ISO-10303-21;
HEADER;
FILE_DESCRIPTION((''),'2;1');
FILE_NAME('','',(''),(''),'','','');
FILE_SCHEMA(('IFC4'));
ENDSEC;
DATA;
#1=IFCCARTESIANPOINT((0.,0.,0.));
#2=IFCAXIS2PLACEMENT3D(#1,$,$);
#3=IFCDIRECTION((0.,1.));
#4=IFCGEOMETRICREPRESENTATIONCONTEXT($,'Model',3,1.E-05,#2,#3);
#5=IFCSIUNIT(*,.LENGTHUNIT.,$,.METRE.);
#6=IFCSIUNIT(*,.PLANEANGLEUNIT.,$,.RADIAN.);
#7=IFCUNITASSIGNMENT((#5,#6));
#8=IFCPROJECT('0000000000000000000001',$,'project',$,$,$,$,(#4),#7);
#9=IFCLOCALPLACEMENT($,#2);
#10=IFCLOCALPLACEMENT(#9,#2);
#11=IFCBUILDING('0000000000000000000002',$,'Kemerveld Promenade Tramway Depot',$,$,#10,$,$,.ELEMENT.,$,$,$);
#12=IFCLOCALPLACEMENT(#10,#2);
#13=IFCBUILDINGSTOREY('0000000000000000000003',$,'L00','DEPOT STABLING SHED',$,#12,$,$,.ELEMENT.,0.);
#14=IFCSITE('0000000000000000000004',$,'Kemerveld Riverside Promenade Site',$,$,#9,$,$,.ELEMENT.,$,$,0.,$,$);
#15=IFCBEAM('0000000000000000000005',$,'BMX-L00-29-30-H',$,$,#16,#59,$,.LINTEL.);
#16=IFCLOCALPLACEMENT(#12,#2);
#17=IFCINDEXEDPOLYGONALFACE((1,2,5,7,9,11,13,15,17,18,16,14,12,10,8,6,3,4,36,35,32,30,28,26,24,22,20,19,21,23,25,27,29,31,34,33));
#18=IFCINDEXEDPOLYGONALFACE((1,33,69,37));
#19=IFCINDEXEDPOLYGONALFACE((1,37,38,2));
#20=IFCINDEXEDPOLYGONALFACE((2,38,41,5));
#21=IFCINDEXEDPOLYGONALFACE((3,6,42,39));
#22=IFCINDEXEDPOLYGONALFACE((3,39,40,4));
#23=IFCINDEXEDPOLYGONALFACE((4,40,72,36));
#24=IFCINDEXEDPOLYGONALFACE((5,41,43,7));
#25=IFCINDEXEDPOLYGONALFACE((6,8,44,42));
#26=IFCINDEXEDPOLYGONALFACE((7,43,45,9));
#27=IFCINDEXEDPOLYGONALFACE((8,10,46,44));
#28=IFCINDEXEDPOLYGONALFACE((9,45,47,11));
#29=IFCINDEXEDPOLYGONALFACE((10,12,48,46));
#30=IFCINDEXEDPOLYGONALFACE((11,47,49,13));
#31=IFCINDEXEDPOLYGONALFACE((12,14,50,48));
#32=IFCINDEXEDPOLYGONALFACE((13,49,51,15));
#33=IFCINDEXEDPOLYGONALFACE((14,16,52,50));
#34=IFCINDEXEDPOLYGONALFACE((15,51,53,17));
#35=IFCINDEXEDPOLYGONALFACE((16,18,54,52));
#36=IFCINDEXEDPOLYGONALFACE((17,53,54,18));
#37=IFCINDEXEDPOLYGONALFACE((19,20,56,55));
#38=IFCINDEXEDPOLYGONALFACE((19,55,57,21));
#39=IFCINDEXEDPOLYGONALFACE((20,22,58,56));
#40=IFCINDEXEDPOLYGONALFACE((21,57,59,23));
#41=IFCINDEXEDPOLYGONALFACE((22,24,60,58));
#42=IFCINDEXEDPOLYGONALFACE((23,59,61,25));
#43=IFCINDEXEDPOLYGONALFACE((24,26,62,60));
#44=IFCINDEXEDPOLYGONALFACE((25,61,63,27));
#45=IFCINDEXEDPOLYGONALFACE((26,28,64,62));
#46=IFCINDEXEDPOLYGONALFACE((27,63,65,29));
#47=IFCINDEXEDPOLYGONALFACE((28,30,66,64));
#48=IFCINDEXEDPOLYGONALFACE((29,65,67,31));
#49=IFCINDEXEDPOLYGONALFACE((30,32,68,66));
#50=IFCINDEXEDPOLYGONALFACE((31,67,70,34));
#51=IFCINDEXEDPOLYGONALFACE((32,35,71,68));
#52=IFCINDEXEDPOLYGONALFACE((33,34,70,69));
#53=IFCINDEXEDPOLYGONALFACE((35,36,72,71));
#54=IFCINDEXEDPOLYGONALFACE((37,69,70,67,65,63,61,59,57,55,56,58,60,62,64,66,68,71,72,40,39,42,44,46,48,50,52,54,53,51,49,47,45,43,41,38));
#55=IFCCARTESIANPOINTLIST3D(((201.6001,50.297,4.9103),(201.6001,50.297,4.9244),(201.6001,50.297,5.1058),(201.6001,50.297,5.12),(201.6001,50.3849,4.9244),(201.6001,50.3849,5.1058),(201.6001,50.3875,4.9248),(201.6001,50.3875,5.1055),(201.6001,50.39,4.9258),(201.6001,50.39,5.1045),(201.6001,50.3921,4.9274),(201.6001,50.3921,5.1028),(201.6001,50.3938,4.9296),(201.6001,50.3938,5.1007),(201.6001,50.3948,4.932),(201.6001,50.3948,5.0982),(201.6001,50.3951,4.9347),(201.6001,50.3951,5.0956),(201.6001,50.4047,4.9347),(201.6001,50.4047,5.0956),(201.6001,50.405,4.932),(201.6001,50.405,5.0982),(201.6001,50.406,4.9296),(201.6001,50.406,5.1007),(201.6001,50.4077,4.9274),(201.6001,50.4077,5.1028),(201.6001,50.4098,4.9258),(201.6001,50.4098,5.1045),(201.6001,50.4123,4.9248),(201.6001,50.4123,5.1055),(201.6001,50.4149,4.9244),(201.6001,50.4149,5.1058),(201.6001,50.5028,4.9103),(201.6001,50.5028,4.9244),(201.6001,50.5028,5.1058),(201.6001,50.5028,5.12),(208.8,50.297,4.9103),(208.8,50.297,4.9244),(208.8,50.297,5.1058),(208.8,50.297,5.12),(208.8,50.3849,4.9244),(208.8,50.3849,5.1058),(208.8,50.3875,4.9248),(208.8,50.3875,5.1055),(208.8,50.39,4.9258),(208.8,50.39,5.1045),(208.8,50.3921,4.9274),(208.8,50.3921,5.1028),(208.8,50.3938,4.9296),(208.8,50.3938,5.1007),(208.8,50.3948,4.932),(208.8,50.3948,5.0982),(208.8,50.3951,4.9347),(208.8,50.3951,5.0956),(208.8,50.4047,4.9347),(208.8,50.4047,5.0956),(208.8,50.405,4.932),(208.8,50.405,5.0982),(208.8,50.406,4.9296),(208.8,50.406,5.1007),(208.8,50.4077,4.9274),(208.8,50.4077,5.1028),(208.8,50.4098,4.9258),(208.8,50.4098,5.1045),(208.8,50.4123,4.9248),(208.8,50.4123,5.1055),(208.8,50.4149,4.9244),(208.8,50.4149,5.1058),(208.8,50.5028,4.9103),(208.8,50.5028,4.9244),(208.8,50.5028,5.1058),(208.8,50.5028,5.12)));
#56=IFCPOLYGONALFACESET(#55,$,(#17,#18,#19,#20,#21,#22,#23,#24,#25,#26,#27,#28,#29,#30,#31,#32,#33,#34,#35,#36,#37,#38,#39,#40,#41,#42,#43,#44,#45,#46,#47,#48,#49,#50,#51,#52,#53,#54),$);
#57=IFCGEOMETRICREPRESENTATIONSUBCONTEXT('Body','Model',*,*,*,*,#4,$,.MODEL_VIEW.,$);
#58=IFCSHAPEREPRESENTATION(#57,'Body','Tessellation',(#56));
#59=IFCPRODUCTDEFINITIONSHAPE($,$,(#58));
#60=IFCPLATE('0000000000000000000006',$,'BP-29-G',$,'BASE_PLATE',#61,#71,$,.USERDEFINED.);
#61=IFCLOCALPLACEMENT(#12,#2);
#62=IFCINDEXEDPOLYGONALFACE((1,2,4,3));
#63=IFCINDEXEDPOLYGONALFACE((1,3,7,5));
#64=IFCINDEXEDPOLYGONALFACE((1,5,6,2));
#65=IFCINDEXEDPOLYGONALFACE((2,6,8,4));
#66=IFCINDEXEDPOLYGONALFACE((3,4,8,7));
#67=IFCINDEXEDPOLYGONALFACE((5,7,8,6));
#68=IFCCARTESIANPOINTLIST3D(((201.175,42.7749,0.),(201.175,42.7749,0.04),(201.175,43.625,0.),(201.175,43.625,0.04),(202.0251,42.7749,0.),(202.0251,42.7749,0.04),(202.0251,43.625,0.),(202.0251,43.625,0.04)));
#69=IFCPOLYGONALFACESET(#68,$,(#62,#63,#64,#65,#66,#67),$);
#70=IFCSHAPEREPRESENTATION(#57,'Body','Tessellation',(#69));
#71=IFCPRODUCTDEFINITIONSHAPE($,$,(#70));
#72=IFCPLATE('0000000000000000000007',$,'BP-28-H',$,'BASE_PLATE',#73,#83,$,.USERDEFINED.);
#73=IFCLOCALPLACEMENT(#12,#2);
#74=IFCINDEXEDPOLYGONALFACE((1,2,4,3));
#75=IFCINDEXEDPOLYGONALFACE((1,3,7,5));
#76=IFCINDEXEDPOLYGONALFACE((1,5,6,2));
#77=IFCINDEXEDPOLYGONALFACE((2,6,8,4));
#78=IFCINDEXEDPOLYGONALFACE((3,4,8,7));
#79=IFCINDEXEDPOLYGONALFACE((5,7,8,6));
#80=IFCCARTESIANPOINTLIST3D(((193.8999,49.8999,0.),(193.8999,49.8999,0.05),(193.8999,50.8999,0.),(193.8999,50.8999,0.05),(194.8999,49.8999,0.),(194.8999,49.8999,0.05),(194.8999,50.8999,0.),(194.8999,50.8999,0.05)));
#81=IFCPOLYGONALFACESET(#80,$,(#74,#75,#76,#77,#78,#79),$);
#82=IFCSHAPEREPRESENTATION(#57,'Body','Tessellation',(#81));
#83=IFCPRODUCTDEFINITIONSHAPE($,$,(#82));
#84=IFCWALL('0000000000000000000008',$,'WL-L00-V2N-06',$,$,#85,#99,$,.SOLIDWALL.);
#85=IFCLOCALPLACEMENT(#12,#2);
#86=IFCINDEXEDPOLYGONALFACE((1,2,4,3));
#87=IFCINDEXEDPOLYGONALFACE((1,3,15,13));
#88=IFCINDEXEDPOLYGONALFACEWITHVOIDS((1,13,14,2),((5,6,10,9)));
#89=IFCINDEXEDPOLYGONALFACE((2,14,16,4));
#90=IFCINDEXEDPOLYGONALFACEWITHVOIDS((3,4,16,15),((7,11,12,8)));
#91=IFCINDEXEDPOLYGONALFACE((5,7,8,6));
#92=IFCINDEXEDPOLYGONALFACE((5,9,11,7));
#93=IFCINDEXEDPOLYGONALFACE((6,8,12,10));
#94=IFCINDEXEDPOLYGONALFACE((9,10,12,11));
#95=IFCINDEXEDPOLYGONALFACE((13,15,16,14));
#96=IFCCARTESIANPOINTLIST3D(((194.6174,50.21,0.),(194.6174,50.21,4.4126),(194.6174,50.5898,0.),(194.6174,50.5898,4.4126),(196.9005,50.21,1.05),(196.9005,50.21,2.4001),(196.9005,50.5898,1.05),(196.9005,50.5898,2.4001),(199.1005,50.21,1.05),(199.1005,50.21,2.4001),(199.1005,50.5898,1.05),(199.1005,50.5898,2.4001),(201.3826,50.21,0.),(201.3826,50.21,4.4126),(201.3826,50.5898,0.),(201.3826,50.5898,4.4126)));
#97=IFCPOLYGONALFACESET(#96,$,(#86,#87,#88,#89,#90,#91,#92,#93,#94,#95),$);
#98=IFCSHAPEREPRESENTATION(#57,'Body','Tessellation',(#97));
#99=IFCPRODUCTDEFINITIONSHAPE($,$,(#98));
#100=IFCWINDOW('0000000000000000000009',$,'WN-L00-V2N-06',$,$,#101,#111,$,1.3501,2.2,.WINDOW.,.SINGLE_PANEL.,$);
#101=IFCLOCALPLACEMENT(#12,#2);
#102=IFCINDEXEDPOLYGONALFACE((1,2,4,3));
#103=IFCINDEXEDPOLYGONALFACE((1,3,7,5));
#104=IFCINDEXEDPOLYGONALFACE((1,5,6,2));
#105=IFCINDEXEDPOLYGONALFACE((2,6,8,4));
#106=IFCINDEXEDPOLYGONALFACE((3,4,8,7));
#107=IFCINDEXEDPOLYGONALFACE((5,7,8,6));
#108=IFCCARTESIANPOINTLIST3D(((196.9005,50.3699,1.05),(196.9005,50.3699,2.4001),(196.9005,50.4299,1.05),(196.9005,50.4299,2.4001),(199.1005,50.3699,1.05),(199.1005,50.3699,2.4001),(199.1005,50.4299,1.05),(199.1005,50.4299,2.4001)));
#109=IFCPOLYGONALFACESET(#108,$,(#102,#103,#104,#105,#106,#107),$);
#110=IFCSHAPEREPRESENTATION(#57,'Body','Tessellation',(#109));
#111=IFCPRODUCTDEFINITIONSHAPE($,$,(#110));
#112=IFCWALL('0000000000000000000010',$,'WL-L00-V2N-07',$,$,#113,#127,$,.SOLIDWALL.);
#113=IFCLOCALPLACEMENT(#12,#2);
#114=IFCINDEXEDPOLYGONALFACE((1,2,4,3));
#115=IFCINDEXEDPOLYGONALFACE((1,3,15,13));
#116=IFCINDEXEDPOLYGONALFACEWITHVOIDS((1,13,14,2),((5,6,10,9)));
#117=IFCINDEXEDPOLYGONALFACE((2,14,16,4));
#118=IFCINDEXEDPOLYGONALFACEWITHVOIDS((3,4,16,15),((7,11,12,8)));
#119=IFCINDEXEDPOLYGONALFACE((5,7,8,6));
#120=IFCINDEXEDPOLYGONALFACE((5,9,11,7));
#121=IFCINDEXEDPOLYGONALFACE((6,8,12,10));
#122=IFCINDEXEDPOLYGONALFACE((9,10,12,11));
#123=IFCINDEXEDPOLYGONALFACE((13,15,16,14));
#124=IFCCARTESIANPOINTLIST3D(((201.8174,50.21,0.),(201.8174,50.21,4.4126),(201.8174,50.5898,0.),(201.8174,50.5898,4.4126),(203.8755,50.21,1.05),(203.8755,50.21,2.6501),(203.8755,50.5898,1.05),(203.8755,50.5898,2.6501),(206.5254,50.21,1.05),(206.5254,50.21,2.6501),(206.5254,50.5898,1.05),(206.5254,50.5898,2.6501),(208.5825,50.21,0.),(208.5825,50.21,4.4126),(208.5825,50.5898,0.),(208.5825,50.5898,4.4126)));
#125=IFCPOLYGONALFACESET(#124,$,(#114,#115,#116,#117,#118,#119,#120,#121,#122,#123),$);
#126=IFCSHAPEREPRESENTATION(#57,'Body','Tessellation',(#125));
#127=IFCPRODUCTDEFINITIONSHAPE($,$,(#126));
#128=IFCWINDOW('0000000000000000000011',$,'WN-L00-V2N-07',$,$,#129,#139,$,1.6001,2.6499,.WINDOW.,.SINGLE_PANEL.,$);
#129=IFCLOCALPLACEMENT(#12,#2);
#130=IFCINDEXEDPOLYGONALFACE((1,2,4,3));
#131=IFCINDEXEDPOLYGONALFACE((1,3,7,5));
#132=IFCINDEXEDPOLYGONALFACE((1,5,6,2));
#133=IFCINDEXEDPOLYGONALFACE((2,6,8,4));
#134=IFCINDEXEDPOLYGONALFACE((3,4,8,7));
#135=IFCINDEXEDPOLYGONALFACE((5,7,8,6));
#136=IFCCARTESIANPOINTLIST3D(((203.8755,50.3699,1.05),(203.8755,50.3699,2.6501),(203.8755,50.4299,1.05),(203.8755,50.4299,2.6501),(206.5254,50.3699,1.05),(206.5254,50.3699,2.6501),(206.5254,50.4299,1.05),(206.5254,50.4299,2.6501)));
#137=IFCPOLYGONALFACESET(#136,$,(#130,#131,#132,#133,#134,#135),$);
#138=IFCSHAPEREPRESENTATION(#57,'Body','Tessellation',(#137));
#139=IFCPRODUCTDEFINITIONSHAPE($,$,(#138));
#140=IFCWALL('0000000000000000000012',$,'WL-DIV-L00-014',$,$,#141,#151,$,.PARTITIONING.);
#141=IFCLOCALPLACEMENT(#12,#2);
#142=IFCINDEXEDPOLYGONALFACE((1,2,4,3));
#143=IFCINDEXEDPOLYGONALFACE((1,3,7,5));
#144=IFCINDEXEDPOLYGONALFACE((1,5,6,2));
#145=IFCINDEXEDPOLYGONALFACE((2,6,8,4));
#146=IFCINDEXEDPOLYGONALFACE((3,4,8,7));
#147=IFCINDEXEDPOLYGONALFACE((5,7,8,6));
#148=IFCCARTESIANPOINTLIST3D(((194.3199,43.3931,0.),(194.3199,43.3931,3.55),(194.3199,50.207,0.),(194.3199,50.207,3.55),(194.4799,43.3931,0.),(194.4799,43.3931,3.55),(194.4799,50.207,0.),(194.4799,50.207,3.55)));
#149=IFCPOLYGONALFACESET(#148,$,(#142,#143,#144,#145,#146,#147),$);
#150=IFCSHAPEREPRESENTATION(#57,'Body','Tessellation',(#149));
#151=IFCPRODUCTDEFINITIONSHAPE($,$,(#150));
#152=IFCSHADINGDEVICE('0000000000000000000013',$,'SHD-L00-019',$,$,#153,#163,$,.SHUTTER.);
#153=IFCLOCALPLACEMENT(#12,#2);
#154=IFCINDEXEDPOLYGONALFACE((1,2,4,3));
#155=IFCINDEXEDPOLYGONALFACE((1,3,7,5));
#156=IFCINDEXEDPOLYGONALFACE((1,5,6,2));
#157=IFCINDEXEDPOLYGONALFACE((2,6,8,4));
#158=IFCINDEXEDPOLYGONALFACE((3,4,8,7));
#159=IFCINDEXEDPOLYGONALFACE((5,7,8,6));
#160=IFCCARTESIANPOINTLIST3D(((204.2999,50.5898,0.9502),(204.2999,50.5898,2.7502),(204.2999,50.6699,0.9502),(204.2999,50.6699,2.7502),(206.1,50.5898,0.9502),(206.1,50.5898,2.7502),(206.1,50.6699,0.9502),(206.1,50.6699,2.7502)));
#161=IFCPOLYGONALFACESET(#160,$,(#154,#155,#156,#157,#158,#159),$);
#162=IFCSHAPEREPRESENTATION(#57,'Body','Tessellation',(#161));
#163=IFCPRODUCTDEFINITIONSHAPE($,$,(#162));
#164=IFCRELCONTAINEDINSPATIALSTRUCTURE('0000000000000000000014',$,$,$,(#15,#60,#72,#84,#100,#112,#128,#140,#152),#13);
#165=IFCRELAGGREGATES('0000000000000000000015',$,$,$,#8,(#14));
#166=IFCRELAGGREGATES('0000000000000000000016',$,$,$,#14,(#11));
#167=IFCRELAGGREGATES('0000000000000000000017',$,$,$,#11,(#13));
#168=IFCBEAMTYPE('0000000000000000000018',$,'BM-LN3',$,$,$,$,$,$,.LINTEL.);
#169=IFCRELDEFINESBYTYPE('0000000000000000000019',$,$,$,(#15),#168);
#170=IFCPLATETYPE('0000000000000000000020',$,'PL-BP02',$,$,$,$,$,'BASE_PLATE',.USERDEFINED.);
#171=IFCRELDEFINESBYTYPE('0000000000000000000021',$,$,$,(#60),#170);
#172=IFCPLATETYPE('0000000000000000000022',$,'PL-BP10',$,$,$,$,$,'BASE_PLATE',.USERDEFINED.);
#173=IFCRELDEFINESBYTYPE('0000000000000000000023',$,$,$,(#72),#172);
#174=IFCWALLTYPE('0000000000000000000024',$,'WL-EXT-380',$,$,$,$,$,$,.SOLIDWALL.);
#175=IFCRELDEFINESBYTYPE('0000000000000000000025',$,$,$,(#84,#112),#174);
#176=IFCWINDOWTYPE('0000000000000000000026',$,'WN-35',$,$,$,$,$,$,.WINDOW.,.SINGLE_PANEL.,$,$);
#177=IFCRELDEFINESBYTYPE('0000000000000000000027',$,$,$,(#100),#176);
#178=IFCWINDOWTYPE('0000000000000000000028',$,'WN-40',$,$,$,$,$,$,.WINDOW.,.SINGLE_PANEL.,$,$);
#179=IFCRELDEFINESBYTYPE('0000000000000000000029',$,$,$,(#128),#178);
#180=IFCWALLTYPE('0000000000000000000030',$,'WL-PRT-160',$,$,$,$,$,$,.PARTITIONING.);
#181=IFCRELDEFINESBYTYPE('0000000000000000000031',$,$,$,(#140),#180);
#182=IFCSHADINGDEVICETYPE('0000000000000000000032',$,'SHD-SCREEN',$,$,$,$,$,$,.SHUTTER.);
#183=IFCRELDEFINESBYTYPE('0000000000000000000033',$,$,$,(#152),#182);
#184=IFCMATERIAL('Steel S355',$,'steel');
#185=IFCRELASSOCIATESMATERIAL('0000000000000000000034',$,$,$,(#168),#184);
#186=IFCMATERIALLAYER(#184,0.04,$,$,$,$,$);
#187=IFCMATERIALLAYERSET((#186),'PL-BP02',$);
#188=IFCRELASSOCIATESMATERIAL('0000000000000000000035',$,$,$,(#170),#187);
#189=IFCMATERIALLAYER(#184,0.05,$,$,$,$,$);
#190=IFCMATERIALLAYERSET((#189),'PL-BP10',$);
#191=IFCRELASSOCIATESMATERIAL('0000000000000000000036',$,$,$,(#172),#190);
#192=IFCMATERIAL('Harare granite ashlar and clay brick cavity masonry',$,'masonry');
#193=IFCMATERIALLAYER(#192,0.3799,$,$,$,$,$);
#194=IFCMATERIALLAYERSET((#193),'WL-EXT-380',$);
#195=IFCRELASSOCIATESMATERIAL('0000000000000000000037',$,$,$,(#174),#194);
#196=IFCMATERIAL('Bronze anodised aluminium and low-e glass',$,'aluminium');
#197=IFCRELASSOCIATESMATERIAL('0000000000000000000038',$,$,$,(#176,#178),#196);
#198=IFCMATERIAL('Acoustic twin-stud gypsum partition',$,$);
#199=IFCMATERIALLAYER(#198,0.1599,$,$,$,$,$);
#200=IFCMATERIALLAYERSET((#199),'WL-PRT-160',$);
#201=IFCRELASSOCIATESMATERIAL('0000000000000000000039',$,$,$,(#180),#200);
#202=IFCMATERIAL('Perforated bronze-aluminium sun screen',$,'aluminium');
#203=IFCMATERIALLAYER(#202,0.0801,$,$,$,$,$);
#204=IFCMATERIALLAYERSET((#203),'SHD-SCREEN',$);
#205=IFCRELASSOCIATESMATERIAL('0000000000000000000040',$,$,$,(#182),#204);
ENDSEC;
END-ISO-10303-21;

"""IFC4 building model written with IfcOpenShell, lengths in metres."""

from ifc_helpers import new_model, si_unit, direction, frame, frame_2d, origin, origin_2d, place, context, subcontext, project, spatial, rectangle, i_section, extrude, material, layer, layer_set, material_profile, profile_set, type_object, element, fill, save


model = new_model("IFC4")

# Units and contexts
model_context = context("Model", 3, precision=1e-05, world=origin(), true_north=direction((0.0, 1.0)))
body_context = subcontext(model_context, "Body", "Model", "MODEL_VIEW")
ifc_project = project(units=[si_unit("LENGTHUNIT", "METRE"), si_unit("PLANEANGLEUNIT", "RADIAN")], contexts=[model_context])

# Site, building, storey
site_placement = place(None, origin())
site = spatial("IfcSite", under=ifc_project, at=site_placement, Name="Kemerveld Riverside Promenade Site", CompositionType="ELEMENT", RefElevation=0.0)
building_placement = place(site_placement, origin())
building = spatial("IfcBuilding", under=site, at=building_placement, Name="Kemerveld Promenade Tramway Depot", CompositionType="ELEMENT")
storey_placement = place(building_placement, origin())
storey = spatial("IfcBuildingStorey", under=building, at=storey_placement, Name="L00", Description="DEPOT STABLING SHED", CompositionType="ELEMENT", Elevation=0.0)

# Shared definitions
ifc_material_1 = material(Name="Steel S355", Category="steel")

# Beam
ifc_material_profile_1 = material_profile(ifc_material_1, i_section(OverallWidth=0.2058, OverallDepth=0.2097, WebThickness=0.0095, FlangeThickness=0.0142, FilletRadius=0.0103, at=origin_2d()), Name="203x203x60 UC")
ifc_profile_set_1 = profile_set([ifc_material_profile_1], Name="Steel S355")
beam_type_1 = type_object("IfcBeamType", Name="BM-LN3", PredefinedType="LINTEL", material=ifc_profile_set_1)
beam_1_placement = place(storey_placement, frame((201.6001, 50.3999, 5.0151), z_axis=(1.0, 0.0, 0.0), x_axis=(0.0, 1.0, 0.0)))
element("IfcBeam", 1, at=beam_1_placement, inside=storey, type_object=beam_type_1, Name="BMX-L00-29-30-H", PredefinedType="LINTEL", context=body_context, shape_type="SweptSolid", body=[
    extrude(i_section(OverallWidth=0.2058, OverallDepth=0.2097, WebThickness=0.0095, FlangeThickness=0.0142, FilletRadius=0.0103, at=origin_2d()), origin(), (0.0, 0.0, 1.0), 7.2),
])

# Plates
ifc_layer_1 = layer(ifc_material_1, 0.04)
ifc_layer_set_1 = layer_set([ifc_layer_1], Name="PL-BP02")
plate_type_1 = type_object("IfcPlateType", Name="PL-BP02", ElementType="BASE_PLATE", PredefinedType="USERDEFINED", material=ifc_layer_set_1)
plate_1_placement = place(storey_placement, frame((201.6001, 43.2, 0.0), z_axis=(0.0, 0.0, 1.0), x_axis=(1.0, 0.0, 0.0)))
element("IfcPlate", 2, at=plate_1_placement, inside=storey, type_object=plate_type_1, Name="BP-29-G", ObjectType="BASE_PLATE", PredefinedType="USERDEFINED", context=body_context, shape_type="SweptSolid", body=[
    extrude(rectangle(XDim=0.8501, YDim=0.8501, at=origin_2d()), origin(), (0.0, 0.0, 1.0), 0.04),
])
ifc_layer_2 = layer(ifc_material_1, 0.05)
ifc_layer_set_2 = layer_set([ifc_layer_2], Name="PL-BP10")
plate_type_2 = type_object("IfcPlateType", Name="PL-BP10", ElementType="BASE_PLATE", PredefinedType="USERDEFINED", material=ifc_layer_set_2)
plate_2_placement = place(storey_placement, frame((194.3999, 50.3999, 0.0), z_axis=(0.0, 0.0, 1.0), x_axis=(1.0, 0.0, 0.0)))
element("IfcPlate", 3, at=plate_2_placement, inside=storey, type_object=plate_type_2, Name="BP-28-H", ObjectType="BASE_PLATE", PredefinedType="USERDEFINED", context=body_context, shape_type="SweptSolid", body=[
    extrude(rectangle(XDim=1.0, YDim=1.0, at=origin_2d()), origin(), (0.0, 0.0, 1.0), 0.05),
])

# Walls, openings, windows
ifc_material_2 = material(Name="Harare granite ashlar and clay brick cavity masonry", Category="masonry")
ifc_layer_3 = layer(ifc_material_2, 0.3799)
ifc_layer_set_3 = layer_set([ifc_layer_3], Name="WL-EXT-380")
wall_type_1 = type_object("IfcWallType", Name="WL-EXT-380", PredefinedType="SOLIDWALL", material=ifc_layer_set_3)
wall_1_placement = place(storey_placement, frame((194.6174, 50.3999, 0.0), z_axis=(0.0, 0.0, 1.0), x_axis=(1.0, 0.0, 0.0)))
wall_1 = element("IfcWall", 4, at=wall_1_placement, inside=storey, type_object=wall_type_1, Name="WL-L00-V2N-06", PredefinedType="SOLIDWALL", context=body_context, shape_type="SweptSolid", body=[
    extrude(rectangle(XDim=6.7651, YDim=0.3799, at=frame_2d((3.3826, 0.0))), origin(), (0.0, 0.0, 1.0), 4.4126),
])
opening_1_placement = place(wall_1_placement, frame((2.283, 0.0, 1.05)))
opening_1 = element("IfcOpeningElement", 5, at=opening_1_placement, cuts=wall_1, PredefinedType="OPENING", context=body_context, shape_type="SweptSolid", body=[
    extrude(rectangle(XDim=2.2, YDim=1.3501, at=frame_2d((1.1001, 0.675))), frame((0.0, 0.2, 0.0), z_axis=(0.0, -1.0, 0.0), x_axis=(1.0, 0.0, 0.0)), (0.0, 0.0, 1.0), 0.3999),
])
ifc_material_3 = material(Name="Bronze anodised aluminium and low-e glass", Category="aluminium")
window_type_1 = type_object("IfcWindowType", Name="WN-35", PartitioningType="SINGLE_PANEL", PredefinedType="WINDOW", material=ifc_material_3)
window_1_placement = place(opening_1_placement, origin())
window_1 = element("IfcWindow", 6, at=window_1_placement, inside=storey, type_object=window_type_1, Name="WN-L00-V2N-06", OverallHeight=1.3501, OverallWidth=2.2, PartitioningType="SINGLE_PANEL", PredefinedType="WINDOW", context=body_context, shape_type="SweptSolid", body=[
    extrude(rectangle(XDim=2.2, YDim=1.3501, at=frame_2d((1.1001, 0.675))), frame((0.0, 0.03, 0.0), z_axis=(0.0, -1.0, 0.0), x_axis=(1.0, 0.0, 0.0)), (0.0, 0.0, 1.0), 0.0601),
])
fill(opening_1, window_1)
wall_2_placement = place(storey_placement, frame((201.8174, 50.3999, 0.0), z_axis=(0.0, 0.0, 1.0), x_axis=(1.0, 0.0, 0.0)))
wall_2 = element("IfcWall", 7, at=wall_2_placement, inside=storey, type_object=wall_type_1, Name="WL-L00-V2N-07", PredefinedType="SOLIDWALL", context=body_context, shape_type="SweptSolid", body=[
    extrude(rectangle(XDim=6.7651, YDim=0.3799, at=frame_2d((3.3826, 0.0))), origin(), (0.0, 0.0, 1.0), 4.4126),
])
opening_2_placement = place(wall_2_placement, frame((2.0581, 0.0, 1.05)))
opening_2 = element("IfcOpeningElement", 8, at=opening_2_placement, cuts=wall_2, PredefinedType="OPENING", context=body_context, shape_type="SweptSolid", body=[
    extrude(rectangle(XDim=2.6499, YDim=1.6001, at=frame_2d((1.325, 0.8))), frame((0.0, 0.2, 0.0), z_axis=(0.0, -1.0, 0.0), x_axis=(1.0, 0.0, 0.0)), (0.0, 0.0, 1.0), 0.3999),
])
window_type_2 = type_object("IfcWindowType", Name="WN-40", PartitioningType="SINGLE_PANEL", PredefinedType="WINDOW", material=ifc_material_3)
window_2_placement = place(opening_2_placement, origin())
window_2 = element("IfcWindow", 9, at=window_2_placement, inside=storey, type_object=window_type_2, Name="WN-L00-V2N-07", OverallHeight=1.6001, OverallWidth=2.6499, PartitioningType="SINGLE_PANEL", PredefinedType="WINDOW", context=body_context, shape_type="SweptSolid", body=[
    extrude(rectangle(XDim=2.6499, YDim=1.6001, at=frame_2d((1.325, 0.8))), frame((0.0, 0.03, 0.0), z_axis=(0.0, -1.0, 0.0), x_axis=(1.0, 0.0, 0.0)), (0.0, 0.0, 1.0), 0.0601),
])
fill(opening_2, window_2)

# Wall
ifc_material_4 = material(Name="Acoustic twin-stud gypsum partition")
ifc_layer_4 = layer(ifc_material_4, 0.1599)
ifc_layer_set_4 = layer_set([ifc_layer_4], Name="WL-PRT-160")
wall_type_2 = type_object("IfcWallType", Name="WL-PRT-160", PredefinedType="PARTITIONING", material=ifc_layer_set_4)
wall_3_placement = place(storey_placement, frame((194.3999, 43.3931, 0.0), z_axis=(0.0, 0.0, 1.0), x_axis=(0.0, 1.0, 0.0)))
element("IfcWall", 10, at=wall_3_placement, inside=storey, type_object=wall_type_2, Name="WL-DIV-L00-014", PredefinedType="PARTITIONING", context=body_context, shape_type="SweptSolid", body=[
    extrude(rectangle(XDim=6.814, YDim=0.1599, at=frame_2d((3.407, 0.0))), origin(), (0.0, 0.0, 1.0), 3.55),
])

# Shading device
ifc_material_5 = material(Name="Perforated bronze-aluminium sun screen", Category="aluminium")
ifc_layer_5 = layer(ifc_material_5, 0.0801)
ifc_layer_set_5 = layer_set([ifc_layer_5], Name="SHD-SCREEN")
shading_device_type = type_object("IfcShadingDeviceType", Name="SHD-SCREEN", PredefinedType="SHUTTER", material=ifc_layer_set_5)
shading_device_placement = place(storey_placement, frame((205.2, 50.6299, 0.9502), z_axis=(0.0, 0.0, 1.0), x_axis=(1.0, 0.0, 0.0)))
element("IfcShadingDevice", 11, at=shading_device_placement, inside=storey, type_object=shading_device_type, Name="SHD-L00-019", PredefinedType="SHUTTER", context=body_context, shape_type="SweptSolid", body=[
    extrude(rectangle(XDim=1.8, YDim=0.0801, at=origin_2d()), origin(), (0.0, 0.0, 1.0), 1.8),
])

save(model, "model.ifc")
